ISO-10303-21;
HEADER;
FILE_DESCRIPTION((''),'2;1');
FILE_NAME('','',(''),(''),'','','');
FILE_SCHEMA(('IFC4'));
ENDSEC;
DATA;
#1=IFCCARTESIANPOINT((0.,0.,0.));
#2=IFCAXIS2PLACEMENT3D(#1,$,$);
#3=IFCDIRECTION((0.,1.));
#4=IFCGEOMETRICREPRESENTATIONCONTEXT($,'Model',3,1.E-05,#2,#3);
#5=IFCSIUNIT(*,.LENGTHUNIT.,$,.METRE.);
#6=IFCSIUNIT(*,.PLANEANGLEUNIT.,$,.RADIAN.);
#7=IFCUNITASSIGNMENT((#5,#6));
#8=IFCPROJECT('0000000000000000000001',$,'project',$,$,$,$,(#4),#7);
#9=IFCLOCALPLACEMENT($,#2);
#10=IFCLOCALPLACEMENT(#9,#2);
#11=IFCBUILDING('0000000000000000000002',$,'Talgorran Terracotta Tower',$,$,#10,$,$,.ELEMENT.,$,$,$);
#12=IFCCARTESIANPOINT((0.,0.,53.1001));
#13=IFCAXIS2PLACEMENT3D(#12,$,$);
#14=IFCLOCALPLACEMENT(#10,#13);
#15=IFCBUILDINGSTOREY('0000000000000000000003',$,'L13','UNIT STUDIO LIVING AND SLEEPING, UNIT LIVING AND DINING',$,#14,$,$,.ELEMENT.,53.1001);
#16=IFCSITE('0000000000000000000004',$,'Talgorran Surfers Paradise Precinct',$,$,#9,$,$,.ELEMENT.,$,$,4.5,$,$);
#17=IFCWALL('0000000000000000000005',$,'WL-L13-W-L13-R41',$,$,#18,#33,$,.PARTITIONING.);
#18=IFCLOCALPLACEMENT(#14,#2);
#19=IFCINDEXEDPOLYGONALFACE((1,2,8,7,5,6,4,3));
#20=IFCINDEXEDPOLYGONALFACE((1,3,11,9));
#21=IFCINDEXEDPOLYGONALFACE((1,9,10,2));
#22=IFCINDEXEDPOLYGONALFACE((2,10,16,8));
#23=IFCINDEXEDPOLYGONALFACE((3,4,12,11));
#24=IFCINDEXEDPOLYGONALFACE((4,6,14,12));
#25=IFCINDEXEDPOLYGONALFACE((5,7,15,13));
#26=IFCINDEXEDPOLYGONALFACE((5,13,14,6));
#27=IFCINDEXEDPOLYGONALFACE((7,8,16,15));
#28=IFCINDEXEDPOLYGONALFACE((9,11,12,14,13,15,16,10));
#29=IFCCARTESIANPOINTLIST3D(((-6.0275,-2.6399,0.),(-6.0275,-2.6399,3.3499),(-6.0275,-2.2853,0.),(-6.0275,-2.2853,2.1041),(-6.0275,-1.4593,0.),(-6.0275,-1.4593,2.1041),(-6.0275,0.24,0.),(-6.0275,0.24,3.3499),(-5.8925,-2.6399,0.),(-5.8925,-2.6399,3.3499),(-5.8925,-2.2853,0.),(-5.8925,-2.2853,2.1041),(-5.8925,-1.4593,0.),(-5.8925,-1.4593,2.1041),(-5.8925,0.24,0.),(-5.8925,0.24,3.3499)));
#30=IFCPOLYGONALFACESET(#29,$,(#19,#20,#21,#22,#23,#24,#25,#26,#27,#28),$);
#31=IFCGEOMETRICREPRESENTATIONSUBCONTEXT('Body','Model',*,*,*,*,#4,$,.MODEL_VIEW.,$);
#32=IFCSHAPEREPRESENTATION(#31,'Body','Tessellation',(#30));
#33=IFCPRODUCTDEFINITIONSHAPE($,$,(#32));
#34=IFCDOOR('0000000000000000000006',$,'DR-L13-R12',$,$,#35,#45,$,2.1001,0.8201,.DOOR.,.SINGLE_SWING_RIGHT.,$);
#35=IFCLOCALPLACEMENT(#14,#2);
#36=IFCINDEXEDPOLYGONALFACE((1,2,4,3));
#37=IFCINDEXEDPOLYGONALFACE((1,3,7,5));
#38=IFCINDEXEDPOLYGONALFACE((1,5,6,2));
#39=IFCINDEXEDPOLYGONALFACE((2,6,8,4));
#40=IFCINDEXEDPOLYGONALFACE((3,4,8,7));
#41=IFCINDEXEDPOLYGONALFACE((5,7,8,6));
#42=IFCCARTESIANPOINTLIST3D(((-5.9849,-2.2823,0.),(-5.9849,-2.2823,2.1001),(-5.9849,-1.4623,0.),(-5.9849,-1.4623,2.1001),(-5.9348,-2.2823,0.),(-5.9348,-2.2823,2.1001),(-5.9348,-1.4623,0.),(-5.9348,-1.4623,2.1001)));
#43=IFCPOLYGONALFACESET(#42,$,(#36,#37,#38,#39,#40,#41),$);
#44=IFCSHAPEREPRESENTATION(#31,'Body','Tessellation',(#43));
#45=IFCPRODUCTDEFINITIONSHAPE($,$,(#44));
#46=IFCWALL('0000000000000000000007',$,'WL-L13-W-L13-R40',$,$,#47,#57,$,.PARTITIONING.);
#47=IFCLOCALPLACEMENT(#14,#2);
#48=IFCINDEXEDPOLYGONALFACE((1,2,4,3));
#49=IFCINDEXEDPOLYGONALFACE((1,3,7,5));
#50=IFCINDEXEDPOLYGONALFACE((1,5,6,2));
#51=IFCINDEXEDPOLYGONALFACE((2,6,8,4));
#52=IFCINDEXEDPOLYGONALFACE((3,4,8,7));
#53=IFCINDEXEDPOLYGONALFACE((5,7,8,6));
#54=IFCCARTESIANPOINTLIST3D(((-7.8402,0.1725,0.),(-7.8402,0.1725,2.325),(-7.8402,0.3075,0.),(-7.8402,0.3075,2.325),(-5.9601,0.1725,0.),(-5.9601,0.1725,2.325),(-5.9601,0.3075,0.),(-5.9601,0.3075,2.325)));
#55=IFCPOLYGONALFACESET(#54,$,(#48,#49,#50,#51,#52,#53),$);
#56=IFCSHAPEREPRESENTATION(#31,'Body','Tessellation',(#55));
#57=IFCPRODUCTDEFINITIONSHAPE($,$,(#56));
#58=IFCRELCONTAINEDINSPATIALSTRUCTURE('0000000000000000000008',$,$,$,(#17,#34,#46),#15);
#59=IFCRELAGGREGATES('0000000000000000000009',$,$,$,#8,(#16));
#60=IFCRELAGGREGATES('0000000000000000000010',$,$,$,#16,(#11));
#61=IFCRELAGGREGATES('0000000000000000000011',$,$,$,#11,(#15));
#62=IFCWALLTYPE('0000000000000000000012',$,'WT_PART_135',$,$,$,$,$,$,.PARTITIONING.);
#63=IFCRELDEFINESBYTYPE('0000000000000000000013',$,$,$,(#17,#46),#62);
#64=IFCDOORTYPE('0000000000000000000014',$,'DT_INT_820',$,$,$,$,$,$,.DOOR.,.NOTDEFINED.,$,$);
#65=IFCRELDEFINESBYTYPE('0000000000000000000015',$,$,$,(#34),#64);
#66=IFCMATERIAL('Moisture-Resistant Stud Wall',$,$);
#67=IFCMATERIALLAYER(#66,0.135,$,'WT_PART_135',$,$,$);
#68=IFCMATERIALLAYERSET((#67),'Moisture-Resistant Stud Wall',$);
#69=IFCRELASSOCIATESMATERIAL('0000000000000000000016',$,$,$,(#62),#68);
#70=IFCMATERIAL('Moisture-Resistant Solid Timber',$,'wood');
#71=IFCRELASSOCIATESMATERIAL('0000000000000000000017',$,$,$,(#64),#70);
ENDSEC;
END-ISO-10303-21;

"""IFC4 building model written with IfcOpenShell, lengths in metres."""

from ifc_helpers import new_model, si_unit, direction, frame, frame_2d, origin, place, context, subcontext, project, spatial, rectangle, extrude, material, layer, layer_set, type_object, element, fill, save


model = new_model("IFC4")

# Units and contexts
model_context = context("Model", 3, precision=1e-05, world=origin(), true_north=direction((0.0, 1.0)))
body_context = subcontext(model_context, "Body", "Model", "MODEL_VIEW")
ifc_project = project(units=[si_unit("LENGTHUNIT", "METRE"), si_unit("PLANEANGLEUNIT", "RADIAN")], contexts=[model_context])

# Site, building, storey
site_placement = place(None, origin())
site = spatial("IfcSite", under=ifc_project, at=site_placement, Name="Talgorran Surfers Paradise Precinct", CompositionType="ELEMENT", RefElevation=4.5)
building_placement = place(site_placement, origin())
building = spatial("IfcBuilding", under=site, at=building_placement, Name="Talgorran Terracotta Tower", CompositionType="ELEMENT")
storey_placement = place(building_placement, frame((0.0, 0.0, 53.1001)))
storey = spatial("IfcBuildingStorey", under=building, at=storey_placement, Name="L13", Description="UNIT STUDIO LIVING AND SLEEPING, UNIT LIVING AND DINING", CompositionType="ELEMENT", Elevation=53.1001)

# Wall, opening, door
ifc_material_1 = material(Name="Moisture-Resistant Stud Wall")
ifc_layer_1 = layer(ifc_material_1, 0.135, Name="WT_PART_135")
ifc_layer_set_1 = layer_set([ifc_layer_1], Name="Moisture-Resistant Stud Wall")
wall_type_1 = type_object("IfcWallType", Name="WT_PART_135", PredefinedType="PARTITIONING", material=ifc_layer_set_1)
wall_1_placement = place(storey_placement, frame((-5.96, -2.6399, 0.0), z_axis=(0.0, 0.0, 1.0), x_axis=(0.0, 1.0, 0.0)))
wall_1 = element("IfcWall", 1, at=wall_1_placement, inside=storey, type_object=wall_type_1, Name="WL-L13-W-L13-R41", PredefinedType="PARTITIONING", context=body_context, shape_type="SweptSolid", body=[
    extrude(rectangle(XDim=2.8799, YDim=0.135, at=frame_2d((1.4399, 0.0))), origin(), (0.0, 0.0, 1.0), 3.3499),
])
opening_1_placement = place(wall_1_placement, frame((0.3574, 0.0, 0.0)))
opening_1 = element("IfcOpeningElement", 2, at=opening_1_placement, cuts=wall_1, PredefinedType="OPENING", context=body_context, shape_type="SweptSolid", body=[
    extrude(rectangle(XDim=0.8261, YDim=2.1041, at=frame_2d((0.4102, 1.052))), frame((0.0, 0.0776, 0.0), z_axis=(0.0, -1.0, 0.0), x_axis=(1.0, 0.0, 0.0)), (0.0, 0.0, 1.0), 0.155),
])
ifc_material_2 = material(Name="Moisture-Resistant Solid Timber", Category="wood")
door_type_1 = type_object("IfcDoorType", Name="DT_INT_820", OperationType="NOTDEFINED", PredefinedType="DOOR", material=ifc_material_2)
door_1_placement = place(opening_1_placement, origin())
door_1 = element("IfcDoor", 3, at=door_1_placement, inside=storey, type_object=door_type_1, Name="DR-L13-R12", OperationType="SINGLE_SWING_RIGHT", OverallHeight=2.1001, OverallWidth=0.8201, PredefinedType="DOOR", context=body_context, shape_type="SweptSolid", body=[
    extrude(rectangle(XDim=0.8201, YDim=2.1001, at=frame_2d((0.4102, 1.05))), frame((0.0, 0.0249, 0.0), z_axis=(0.0, -1.0, 0.0), x_axis=(1.0, 0.0, 0.0)), (0.0, 0.0, 1.0), 0.05),
])
fill(opening_1, door_1)

# Wall
wall_2_placement = place(storey_placement, frame((-7.8401, 0.24, 0.0), z_axis=(0.0, 0.0, 1.0), x_axis=(1.0, 0.0, 0.0)))
element("IfcWall", 4, at=wall_2_placement, inside=storey, type_object=wall_type_1, Name="WL-L13-W-L13-R40", PredefinedType="PARTITIONING", context=body_context, shape_type="SweptSolid", body=[
    extrude(rectangle(XDim=1.8801, YDim=0.135, at=frame_2d((0.9399, 0.0))), origin(), (0.0, 0.0, 1.0), 2.325),
])

save(model, "model.ifc")
